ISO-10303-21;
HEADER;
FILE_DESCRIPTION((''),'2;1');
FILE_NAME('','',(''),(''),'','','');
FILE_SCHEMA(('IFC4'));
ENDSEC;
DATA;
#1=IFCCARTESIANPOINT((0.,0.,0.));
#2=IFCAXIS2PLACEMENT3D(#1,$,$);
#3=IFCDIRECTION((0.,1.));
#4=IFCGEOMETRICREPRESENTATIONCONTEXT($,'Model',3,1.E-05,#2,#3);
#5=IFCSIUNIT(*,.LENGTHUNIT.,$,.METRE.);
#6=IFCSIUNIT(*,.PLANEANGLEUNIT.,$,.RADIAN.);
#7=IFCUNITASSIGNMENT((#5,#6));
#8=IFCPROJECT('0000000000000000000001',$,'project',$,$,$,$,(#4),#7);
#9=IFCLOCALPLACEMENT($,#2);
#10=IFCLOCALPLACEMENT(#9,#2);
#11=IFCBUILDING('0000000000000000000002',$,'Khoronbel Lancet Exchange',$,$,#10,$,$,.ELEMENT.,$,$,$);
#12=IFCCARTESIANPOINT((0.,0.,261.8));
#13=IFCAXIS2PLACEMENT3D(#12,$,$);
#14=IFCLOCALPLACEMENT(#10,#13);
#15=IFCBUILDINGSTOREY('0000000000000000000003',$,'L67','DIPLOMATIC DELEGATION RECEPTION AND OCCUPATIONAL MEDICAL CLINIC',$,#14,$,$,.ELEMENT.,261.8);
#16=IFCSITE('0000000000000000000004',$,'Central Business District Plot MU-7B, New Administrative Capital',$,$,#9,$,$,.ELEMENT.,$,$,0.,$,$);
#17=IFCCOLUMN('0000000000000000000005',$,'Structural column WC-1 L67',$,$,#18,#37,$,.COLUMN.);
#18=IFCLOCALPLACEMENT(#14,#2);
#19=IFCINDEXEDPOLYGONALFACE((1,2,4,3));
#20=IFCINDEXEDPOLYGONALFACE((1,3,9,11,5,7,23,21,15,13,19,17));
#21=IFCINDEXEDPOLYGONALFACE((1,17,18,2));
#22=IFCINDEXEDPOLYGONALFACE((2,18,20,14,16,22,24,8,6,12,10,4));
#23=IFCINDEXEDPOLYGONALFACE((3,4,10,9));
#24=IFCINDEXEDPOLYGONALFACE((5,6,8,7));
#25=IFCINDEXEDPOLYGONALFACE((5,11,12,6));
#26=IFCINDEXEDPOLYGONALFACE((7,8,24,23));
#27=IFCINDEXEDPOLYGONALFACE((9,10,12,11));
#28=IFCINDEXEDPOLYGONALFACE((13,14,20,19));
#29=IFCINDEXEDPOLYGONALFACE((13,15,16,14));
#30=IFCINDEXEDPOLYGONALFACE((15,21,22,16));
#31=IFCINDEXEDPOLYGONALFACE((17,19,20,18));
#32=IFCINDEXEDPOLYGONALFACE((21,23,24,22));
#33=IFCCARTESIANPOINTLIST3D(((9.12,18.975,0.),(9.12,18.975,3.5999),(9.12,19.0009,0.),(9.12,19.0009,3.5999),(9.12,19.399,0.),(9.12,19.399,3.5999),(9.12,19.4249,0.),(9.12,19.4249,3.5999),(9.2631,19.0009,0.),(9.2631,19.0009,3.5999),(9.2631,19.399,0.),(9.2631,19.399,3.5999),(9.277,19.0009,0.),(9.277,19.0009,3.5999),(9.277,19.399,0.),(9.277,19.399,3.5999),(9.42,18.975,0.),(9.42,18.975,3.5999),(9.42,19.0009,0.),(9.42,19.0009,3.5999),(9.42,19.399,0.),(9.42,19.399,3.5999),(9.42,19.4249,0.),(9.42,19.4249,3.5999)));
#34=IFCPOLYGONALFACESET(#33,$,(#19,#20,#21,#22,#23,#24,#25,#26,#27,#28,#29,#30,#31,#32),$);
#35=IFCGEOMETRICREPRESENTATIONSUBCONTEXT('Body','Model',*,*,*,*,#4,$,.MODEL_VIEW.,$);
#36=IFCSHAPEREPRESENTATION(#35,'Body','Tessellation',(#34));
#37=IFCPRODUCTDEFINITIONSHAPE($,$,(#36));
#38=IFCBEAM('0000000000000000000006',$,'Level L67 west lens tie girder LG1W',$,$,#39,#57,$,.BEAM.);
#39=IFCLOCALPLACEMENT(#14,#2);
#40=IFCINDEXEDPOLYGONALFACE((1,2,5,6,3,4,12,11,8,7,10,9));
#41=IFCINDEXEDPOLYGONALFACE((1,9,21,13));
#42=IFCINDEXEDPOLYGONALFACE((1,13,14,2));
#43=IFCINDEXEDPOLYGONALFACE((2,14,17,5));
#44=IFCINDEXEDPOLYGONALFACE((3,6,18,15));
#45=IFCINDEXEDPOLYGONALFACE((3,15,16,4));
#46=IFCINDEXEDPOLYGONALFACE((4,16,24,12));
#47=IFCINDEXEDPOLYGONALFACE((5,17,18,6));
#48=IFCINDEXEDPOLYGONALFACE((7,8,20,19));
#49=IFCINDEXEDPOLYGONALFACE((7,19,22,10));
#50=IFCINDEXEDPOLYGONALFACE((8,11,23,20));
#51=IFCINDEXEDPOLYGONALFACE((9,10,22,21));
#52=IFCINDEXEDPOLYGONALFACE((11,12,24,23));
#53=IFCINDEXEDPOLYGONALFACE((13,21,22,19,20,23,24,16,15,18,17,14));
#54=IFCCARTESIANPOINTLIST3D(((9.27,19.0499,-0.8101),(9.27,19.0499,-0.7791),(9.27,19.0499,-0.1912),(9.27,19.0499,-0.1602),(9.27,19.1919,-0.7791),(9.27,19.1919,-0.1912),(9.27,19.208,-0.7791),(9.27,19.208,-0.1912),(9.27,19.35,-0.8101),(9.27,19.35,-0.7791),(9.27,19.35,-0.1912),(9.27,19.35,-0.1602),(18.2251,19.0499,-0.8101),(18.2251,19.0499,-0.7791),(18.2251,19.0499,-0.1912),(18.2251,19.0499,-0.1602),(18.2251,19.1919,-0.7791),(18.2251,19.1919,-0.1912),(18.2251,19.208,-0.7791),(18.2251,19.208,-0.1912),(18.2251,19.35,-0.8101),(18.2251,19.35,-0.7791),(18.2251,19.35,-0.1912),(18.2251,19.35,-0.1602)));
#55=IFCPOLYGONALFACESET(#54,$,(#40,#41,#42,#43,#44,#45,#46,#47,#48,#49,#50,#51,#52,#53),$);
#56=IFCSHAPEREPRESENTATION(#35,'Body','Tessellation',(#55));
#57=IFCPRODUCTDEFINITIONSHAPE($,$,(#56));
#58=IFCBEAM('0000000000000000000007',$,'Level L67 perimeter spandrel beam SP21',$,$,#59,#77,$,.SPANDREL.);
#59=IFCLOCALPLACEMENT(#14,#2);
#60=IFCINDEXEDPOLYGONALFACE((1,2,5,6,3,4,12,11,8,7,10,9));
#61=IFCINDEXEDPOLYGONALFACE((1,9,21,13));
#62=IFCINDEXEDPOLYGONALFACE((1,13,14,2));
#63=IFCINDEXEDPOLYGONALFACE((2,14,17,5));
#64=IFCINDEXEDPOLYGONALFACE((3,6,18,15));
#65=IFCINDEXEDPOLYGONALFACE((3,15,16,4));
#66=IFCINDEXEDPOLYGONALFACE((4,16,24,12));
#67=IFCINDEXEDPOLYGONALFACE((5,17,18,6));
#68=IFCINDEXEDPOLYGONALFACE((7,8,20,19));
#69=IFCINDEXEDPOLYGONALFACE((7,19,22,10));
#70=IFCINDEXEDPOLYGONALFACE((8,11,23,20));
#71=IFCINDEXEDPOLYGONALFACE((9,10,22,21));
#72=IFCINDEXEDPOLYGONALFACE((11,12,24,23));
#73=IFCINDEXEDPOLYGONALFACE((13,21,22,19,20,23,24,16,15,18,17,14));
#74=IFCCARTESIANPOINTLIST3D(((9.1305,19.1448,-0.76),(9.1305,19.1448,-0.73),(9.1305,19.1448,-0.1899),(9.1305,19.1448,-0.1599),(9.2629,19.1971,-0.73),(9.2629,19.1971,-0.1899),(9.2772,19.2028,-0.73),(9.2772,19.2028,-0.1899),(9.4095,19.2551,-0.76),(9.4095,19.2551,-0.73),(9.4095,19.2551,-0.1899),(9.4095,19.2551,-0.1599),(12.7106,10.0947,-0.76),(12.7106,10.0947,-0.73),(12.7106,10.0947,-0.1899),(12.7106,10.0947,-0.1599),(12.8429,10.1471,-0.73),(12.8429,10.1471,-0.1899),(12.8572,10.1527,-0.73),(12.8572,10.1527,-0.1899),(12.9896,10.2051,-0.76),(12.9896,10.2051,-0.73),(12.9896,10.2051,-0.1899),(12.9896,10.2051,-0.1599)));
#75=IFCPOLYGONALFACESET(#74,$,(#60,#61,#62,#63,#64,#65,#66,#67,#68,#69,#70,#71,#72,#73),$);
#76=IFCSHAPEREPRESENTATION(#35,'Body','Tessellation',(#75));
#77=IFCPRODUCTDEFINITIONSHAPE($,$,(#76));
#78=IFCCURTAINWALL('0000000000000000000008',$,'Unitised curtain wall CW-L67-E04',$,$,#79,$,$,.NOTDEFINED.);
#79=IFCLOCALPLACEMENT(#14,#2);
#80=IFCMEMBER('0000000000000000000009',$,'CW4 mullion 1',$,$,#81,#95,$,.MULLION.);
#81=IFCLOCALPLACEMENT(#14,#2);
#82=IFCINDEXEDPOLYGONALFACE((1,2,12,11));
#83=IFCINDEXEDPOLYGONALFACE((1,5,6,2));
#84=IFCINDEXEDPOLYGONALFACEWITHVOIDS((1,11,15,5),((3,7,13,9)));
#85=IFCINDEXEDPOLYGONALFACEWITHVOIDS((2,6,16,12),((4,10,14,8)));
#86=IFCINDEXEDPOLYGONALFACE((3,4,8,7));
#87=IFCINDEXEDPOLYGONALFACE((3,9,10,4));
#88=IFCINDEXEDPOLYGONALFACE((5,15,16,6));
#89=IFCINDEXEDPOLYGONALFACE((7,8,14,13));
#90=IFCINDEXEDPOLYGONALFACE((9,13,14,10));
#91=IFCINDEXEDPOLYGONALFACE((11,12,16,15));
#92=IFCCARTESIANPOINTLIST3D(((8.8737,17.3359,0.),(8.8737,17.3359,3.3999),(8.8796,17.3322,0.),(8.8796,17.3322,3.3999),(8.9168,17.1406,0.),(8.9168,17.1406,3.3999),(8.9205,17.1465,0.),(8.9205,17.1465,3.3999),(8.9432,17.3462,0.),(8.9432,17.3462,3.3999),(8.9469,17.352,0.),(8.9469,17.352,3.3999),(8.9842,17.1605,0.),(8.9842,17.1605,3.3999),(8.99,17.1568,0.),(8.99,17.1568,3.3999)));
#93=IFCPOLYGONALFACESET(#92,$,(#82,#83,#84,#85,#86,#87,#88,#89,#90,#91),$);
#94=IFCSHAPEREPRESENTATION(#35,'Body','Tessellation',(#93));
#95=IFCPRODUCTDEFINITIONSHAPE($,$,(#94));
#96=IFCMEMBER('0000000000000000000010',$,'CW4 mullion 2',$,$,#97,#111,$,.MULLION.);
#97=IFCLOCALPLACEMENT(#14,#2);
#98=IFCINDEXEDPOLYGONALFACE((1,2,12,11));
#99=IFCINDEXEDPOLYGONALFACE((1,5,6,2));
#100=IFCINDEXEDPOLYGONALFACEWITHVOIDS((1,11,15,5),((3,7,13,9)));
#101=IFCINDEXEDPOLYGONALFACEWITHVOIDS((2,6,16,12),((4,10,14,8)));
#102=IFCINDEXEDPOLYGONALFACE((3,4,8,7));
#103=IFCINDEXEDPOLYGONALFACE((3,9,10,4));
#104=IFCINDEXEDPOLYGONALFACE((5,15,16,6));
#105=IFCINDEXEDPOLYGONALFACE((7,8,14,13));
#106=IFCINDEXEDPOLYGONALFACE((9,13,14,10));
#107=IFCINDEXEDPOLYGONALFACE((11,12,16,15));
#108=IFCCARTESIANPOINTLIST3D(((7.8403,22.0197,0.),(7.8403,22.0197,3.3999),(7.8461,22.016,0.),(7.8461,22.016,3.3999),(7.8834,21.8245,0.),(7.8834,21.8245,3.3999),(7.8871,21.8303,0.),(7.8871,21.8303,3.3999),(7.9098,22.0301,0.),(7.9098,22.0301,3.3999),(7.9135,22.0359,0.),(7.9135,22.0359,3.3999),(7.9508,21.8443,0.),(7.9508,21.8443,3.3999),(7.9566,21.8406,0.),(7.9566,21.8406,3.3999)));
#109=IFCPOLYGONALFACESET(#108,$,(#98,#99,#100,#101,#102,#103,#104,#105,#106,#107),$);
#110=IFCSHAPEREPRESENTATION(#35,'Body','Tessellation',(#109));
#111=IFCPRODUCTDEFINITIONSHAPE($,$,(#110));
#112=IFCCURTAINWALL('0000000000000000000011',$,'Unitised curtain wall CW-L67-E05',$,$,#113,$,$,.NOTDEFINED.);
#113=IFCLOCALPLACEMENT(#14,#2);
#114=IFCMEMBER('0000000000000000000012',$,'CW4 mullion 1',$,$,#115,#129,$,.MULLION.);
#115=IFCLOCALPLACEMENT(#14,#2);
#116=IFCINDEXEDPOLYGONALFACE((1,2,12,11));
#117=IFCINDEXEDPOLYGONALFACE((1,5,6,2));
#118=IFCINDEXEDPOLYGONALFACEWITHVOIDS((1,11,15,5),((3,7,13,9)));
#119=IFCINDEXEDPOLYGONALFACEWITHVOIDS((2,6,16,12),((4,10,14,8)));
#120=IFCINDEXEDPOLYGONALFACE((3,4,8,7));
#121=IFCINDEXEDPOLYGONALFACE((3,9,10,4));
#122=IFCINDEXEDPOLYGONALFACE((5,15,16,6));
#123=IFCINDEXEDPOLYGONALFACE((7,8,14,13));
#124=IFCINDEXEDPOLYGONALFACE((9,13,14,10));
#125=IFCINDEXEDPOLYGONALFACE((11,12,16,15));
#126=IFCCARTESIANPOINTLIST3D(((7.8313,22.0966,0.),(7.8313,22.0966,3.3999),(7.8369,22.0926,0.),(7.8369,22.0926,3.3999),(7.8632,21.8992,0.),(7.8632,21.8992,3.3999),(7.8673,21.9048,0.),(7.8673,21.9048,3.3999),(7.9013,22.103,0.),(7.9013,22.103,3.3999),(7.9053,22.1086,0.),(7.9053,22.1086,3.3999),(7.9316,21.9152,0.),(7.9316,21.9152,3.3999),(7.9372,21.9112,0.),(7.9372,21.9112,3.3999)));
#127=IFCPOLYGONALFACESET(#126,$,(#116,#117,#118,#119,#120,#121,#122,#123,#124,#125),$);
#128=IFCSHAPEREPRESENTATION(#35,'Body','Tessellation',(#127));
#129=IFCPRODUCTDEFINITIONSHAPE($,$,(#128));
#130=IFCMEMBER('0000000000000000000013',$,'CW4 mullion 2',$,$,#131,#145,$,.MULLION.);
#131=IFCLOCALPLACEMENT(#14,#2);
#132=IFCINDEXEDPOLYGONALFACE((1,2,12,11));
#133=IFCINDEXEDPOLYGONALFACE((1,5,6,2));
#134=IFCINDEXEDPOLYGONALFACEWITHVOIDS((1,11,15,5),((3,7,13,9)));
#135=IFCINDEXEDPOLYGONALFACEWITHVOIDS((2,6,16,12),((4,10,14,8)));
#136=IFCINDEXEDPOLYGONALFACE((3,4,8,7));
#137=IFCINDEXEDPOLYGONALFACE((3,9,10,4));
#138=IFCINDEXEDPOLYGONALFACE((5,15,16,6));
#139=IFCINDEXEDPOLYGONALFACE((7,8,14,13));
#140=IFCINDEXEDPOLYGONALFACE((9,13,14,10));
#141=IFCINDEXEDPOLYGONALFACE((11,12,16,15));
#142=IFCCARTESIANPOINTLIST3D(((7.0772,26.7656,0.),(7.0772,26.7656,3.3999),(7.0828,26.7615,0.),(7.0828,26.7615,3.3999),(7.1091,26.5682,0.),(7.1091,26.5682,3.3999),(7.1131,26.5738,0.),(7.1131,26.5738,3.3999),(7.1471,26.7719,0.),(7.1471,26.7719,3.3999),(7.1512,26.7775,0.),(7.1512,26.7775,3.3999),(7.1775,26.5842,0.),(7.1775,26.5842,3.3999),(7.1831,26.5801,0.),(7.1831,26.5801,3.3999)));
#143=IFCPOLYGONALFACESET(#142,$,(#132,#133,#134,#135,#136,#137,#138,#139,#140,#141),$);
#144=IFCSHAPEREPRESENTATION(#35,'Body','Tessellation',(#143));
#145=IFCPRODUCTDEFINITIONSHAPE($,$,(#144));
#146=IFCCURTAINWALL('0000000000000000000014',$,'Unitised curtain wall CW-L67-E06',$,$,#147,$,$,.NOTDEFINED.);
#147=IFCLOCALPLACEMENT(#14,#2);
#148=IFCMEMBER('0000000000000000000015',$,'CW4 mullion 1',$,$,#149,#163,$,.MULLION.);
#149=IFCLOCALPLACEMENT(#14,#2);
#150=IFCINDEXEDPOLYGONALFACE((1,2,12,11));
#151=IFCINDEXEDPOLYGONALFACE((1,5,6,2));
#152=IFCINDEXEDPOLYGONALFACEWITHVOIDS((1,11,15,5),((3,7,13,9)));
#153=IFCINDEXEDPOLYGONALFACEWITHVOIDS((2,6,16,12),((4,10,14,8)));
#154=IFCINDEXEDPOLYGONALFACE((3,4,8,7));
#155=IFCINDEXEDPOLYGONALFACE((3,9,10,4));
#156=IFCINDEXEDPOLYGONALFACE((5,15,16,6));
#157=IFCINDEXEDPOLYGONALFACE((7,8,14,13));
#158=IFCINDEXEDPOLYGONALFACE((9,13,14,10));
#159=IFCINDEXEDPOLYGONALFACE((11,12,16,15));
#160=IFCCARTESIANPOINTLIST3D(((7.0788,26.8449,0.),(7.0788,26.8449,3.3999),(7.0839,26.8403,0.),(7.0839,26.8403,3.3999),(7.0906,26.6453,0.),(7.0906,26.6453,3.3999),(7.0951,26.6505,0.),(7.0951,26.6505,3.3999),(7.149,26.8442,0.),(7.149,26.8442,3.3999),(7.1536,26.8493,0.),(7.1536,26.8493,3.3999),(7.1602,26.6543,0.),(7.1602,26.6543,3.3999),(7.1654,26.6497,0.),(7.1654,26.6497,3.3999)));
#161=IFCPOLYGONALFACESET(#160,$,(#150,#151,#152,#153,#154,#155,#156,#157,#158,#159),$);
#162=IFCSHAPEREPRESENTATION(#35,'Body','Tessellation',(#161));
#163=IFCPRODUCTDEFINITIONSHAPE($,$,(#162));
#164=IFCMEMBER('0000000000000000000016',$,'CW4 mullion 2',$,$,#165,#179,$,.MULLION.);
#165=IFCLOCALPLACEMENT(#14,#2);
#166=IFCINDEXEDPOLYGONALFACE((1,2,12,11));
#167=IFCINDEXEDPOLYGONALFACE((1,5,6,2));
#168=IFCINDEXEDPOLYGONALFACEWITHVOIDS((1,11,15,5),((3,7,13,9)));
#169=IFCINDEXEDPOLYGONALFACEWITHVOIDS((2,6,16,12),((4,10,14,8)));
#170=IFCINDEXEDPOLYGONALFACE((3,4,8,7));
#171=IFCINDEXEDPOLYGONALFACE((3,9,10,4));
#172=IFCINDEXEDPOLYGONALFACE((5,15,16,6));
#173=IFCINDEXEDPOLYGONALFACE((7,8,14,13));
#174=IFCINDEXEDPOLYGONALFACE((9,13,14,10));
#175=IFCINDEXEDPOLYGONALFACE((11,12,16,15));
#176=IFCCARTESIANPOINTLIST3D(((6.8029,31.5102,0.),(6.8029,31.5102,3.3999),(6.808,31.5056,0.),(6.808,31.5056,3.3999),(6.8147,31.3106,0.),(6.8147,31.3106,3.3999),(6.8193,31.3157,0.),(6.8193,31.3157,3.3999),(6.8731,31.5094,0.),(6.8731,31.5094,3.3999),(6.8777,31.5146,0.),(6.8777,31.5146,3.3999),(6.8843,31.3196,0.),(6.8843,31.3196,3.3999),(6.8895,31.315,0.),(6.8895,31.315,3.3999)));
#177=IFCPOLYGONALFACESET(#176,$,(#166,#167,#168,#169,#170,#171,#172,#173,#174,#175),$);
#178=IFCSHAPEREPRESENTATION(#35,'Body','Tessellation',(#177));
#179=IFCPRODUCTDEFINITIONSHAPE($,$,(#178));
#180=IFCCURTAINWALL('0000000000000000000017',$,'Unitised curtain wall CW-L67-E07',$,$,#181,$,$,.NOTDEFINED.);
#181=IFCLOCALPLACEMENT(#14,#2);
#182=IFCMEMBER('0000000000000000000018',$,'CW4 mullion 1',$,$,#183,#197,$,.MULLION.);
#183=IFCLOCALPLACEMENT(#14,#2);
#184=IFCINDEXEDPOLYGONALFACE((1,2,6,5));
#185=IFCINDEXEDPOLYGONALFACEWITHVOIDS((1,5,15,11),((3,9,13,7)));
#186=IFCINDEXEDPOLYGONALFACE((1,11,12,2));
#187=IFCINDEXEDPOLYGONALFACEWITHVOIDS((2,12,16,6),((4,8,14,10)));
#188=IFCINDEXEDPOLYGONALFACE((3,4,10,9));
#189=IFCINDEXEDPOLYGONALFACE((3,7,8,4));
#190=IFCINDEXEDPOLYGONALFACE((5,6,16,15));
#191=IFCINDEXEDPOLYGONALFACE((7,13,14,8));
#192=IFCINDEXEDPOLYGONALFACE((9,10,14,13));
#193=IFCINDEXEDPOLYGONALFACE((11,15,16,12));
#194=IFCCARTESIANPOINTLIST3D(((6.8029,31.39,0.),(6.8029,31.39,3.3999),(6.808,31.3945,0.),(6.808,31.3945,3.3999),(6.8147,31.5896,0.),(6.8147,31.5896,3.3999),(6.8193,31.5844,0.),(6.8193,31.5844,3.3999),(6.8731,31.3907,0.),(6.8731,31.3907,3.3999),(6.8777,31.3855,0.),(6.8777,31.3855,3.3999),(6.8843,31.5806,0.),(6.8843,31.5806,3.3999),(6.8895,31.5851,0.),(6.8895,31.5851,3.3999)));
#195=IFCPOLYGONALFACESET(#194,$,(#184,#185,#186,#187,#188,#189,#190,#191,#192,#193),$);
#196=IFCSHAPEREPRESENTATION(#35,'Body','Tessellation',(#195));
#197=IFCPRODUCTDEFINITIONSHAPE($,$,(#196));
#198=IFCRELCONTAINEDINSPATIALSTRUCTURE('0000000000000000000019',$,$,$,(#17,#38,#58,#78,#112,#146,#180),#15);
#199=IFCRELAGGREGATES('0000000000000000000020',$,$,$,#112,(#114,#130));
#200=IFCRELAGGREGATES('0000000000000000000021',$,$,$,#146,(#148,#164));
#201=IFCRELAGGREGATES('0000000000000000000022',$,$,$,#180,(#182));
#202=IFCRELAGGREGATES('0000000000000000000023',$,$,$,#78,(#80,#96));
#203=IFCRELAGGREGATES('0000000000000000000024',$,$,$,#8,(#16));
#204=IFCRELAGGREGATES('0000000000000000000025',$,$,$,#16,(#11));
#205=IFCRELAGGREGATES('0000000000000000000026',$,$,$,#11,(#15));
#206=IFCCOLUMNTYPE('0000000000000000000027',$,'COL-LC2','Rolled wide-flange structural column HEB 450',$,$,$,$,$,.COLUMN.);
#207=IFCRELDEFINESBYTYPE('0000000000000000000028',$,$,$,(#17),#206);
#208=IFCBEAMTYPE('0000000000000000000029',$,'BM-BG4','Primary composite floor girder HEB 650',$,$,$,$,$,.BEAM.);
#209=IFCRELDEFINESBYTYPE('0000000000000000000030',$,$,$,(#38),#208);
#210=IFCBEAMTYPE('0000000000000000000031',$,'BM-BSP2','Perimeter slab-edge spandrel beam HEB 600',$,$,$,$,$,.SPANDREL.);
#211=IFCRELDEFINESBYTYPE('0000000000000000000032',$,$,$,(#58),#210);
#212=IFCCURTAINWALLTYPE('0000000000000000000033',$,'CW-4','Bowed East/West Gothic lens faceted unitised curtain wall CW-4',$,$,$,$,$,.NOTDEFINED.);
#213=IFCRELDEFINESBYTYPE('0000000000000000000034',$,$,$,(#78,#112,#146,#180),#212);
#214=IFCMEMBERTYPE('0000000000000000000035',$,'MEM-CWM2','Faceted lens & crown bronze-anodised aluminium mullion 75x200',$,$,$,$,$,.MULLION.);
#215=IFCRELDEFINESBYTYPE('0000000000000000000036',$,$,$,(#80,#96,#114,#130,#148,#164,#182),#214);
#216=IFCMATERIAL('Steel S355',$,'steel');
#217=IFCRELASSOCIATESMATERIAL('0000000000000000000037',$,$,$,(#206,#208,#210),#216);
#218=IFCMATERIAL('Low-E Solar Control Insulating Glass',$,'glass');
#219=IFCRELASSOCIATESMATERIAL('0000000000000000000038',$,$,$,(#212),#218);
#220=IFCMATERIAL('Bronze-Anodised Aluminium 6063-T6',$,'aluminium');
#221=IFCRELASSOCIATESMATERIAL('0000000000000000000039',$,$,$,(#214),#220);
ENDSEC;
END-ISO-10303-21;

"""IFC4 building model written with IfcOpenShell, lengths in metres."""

from ifc_helpers import new_model, si_unit, direction, frame, origin, origin_2d, place, context, subcontext, project, spatial, hollow_rectangle, i_section, extrude, material, material_profile, profile_set, type_object, element, aggregate, save


model = new_model("IFC4")

# Units and contexts
model_context = context("Model", 3, precision=1e-05, world=origin(), true_north=direction((0.0, 1.0)))
body_context = subcontext(model_context, "Body", "Model", "MODEL_VIEW")
ifc_project = project(units=[si_unit("LENGTHUNIT", "METRE"), si_unit("PLANEANGLEUNIT", "RADIAN")], contexts=[model_context])

# Site, building, storey
site_placement = place(None, origin())
site = spatial("IfcSite", under=ifc_project, at=site_placement, Name="Central Business District Plot MU-7B, New Administrative Capital", CompositionType="ELEMENT", RefElevation=0.0)
building_placement = place(site_placement, origin())
building = spatial("IfcBuilding", under=site, at=building_placement, Name="Khoronbel Lancet Exchange", CompositionType="ELEMENT")
storey_placement = place(building_placement, frame((0.0, 0.0, 261.8)))
storey = spatial("IfcBuildingStorey", under=building, at=storey_placement, Name="L67", Description="DIPLOMATIC DELEGATION RECEPTION AND OCCUPATIONAL MEDICAL CLINIC", CompositionType="ELEMENT", Elevation=261.8)

# Column
ifc_material_1 = material(Name="Steel S355", Category="steel")
ifc_material_profile_1 = material_profile(ifc_material_1, i_section(OverallWidth=0.3, OverallDepth=0.45, WebThickness=0.0139, FlangeThickness=0.0259, at=origin_2d()), Name="HEB 450")
ifc_profile_set_1 = profile_set([ifc_material_profile_1], Name="Steel S355")
column_type = type_object("IfcColumnType", Name="COL-LC2", Description="Rolled wide-flange structural column HEB 450", PredefinedType="COLUMN", material=ifc_profile_set_1)
column_placement = place(storey_placement, frame((9.27, 19.2, 0.0), z_axis=(0.0, 0.0, 1.0), x_axis=(1.0, 0.0, 0.0)))
element("IfcColumn", 1, at=column_placement, inside=storey, type_object=column_type, Name="Structural column WC-1 L67", PredefinedType="COLUMN", context=body_context, shape_type="SweptSolid", body=[
    extrude(i_section(OverallWidth=0.3, OverallDepth=0.45, WebThickness=0.0139, FlangeThickness=0.0259, at=origin_2d()), origin(), (0.0, 0.0, 1.0), 3.5999),
])

# Beams
ifc_material_profile_2 = material_profile(ifc_material_1, i_section(OverallWidth=0.3, OverallDepth=0.6499, WebThickness=0.0161, FlangeThickness=0.031, at=origin_2d()), Name="HEB 650")
ifc_profile_set_2 = profile_set([ifc_material_profile_2], Name="Steel S355")
beam_type_1 = type_object("IfcBeamType", Name="BM-BG4", Description="Primary composite floor girder HEB 650", PredefinedType="BEAM", material=ifc_profile_set_2)
beam_1_placement = place(storey_placement, frame((9.27, 19.2, -0.4851), z_axis=(1.0, 0.0, 0.0), x_axis=(0.0, 1.0, 0.0)))
element("IfcBeam", 2, at=beam_1_placement, inside=storey, type_object=beam_type_1, Name="Level L67 west lens tie girder LG1W", PredefinedType="BEAM", context=body_context, shape_type="SweptSolid", body=[
    extrude(i_section(OverallWidth=0.3, OverallDepth=0.6499, WebThickness=0.0161, FlangeThickness=0.031, at=origin_2d()), origin(), (0.0, 0.0, 1.0), 8.9551),
])
ifc_material_profile_3 = material_profile(ifc_material_1, i_section(OverallWidth=0.3, OverallDepth=0.6001, WebThickness=0.0154, FlangeThickness=0.03, at=origin_2d()), Name="HEB 600")
ifc_profile_set_3 = profile_set([ifc_material_profile_3], Name="Steel S355")
beam_type_2 = type_object("IfcBeamType", Name="BM-BSP2", Description="Perimeter slab-edge spandrel beam HEB 600", PredefinedType="SPANDREL", material=ifc_profile_set_3)
beam_2_placement = place(storey_placement, frame((9.27, 19.2, -0.46), z_axis=(0.36785, -0.929885, 0.0), x_axis=(0.929885, 0.36785, 0.0)))
element("IfcBeam", 3, at=beam_2_placement, inside=storey, type_object=beam_type_2, Name="Level L67 perimeter spandrel beam SP21", PredefinedType="SPANDREL", context=body_context, shape_type="SweptSolid", body=[
    extrude(i_section(OverallWidth=0.3, OverallDepth=0.6001, WebThickness=0.0154, FlangeThickness=0.03, at=origin_2d()), origin(), (0.0, 0.0, 1.0), 9.7324),
])

# Curtain walls, members
ifc_material_2 = material(Name="Low-E Solar Control Insulating Glass", Category="glass")
curtain_wall_type = type_object("IfcCurtainWallType", Name="CW-4", Description="Bowed East/West Gothic lens faceted unitised curtain wall CW-4", PredefinedType="NOTDEFINED", material=ifc_material_2)
curtain_wall_1_placement = place(storey_placement, origin())
curtain_wall_1 = element("IfcCurtainWall", 4, at=curtain_wall_1_placement, inside=storey, type_object=curtain_wall_type, Name="Unitised curtain wall CW-L67-E04", PredefinedType="NOTDEFINED")
ifc_material_3 = material(Name="Bronze-Anodised Aluminium 6063-T6", Category="aluminium")
ifc_material_profile_4 = material_profile(ifc_material_3, hollow_rectangle(XDim=0.075, YDim=0.2, WallThickness=0.0049, at=origin_2d()), Name="ALU MULLION 75x200")
ifc_profile_set_4 = profile_set([ifc_material_profile_4], Name="Bronze-Anodised Aluminium 6063-T6")
member_type_1 = type_object("IfcMemberType", Name="MEM-CWM2", Description="Faceted lens & crown bronze-anodised aluminium mullion 75x200", PredefinedType="MULLION", material=ifc_profile_set_4)
member_1_placement = place(storey_placement, frame((8.9319, 17.2463, 0.0), z_axis=(0.0, 0.0, 1.0), x_axis=(-0.976509, -0.215476, 0.0)))
member_1 = element("IfcMember", 5, at=member_1_placement, type_object=member_type_1, Name="CW4 mullion 1", PredefinedType="MULLION", context=body_context, shape_type="SweptSolid", body=[
    extrude(hollow_rectangle(XDim=0.075, YDim=0.2, WallThickness=0.0049, at=origin_2d()), origin(), (0.0, 0.0, 1.0), 3.3999),
])
member_2_placement = place(storey_placement, frame((7.8984, 21.9302, 0.0), z_axis=(0.0, 0.0, 1.0), x_axis=(-0.976509, -0.215476, 0.0)))
member_2 = element("IfcMember", 6, at=member_2_placement, type_object=member_type_1, Name="CW4 mullion 2", PredefinedType="MULLION", context=body_context, shape_type="SweptSolid", body=[
    extrude(hollow_rectangle(XDim=0.075, YDim=0.2, WallThickness=0.0049, at=origin_2d()), origin(), (0.0, 0.0, 1.0), 3.3999),
])
curtain_wall_2_placement = place(storey_placement, origin())
curtain_wall_2 = element("IfcCurtainWall", 7, at=curtain_wall_2_placement, inside=storey, type_object=curtain_wall_type, Name="Unitised curtain wall CW-L67-E05", PredefinedType="NOTDEFINED")
member_3_placement = place(storey_placement, frame((7.8843, 22.0039, 0.0), z_axis=(0.0, 0.0, 1.0), x_axis=(-0.987205, -0.159456, 0.0)))
member_3 = element("IfcMember", 8, at=member_3_placement, type_object=member_type_1, Name="CW4 mullion 1", PredefinedType="MULLION", context=body_context, shape_type="SweptSolid", body=[
    extrude(hollow_rectangle(XDim=0.075, YDim=0.2, WallThickness=0.0049, at=origin_2d()), origin(), (0.0, 0.0, 1.0), 3.3999),
])
member_4_placement = place(storey_placement, frame((7.1301, 26.6729, 0.0), z_axis=(0.0, 0.0, 1.0), x_axis=(-0.987205, -0.159456, 0.0)))
member_4 = element("IfcMember", 9, at=member_4_placement, type_object=member_type_1, Name="CW4 mullion 2", PredefinedType="MULLION", context=body_context, shape_type="SweptSolid", body=[
    extrude(hollow_rectangle(XDim=0.075, YDim=0.2, WallThickness=0.0049, at=origin_2d()), origin(), (0.0, 0.0, 1.0), 3.3999),
])
curtain_wall_3_placement = place(storey_placement, origin())
curtain_wall_3 = element("IfcCurtainWall", 10, at=curtain_wall_3_placement, inside=storey, type_object=curtain_wall_type, Name="Unitised curtain wall CW-L67-E06", PredefinedType="NOTDEFINED")
member_5_placement = place(storey_placement, frame((7.1221, 26.7473, 0.0), z_axis=(0.0, 0.0, 1.0), x_axis=(-0.998257, -0.05901, 0.0)))
member_5 = element("IfcMember", 11, at=member_5_placement, type_object=member_type_1, Name="CW4 mullion 1", PredefinedType="MULLION", context=body_context, shape_type="SweptSolid", body=[
    extrude(hollow_rectangle(XDim=0.075, YDim=0.2, WallThickness=0.0049, at=origin_2d()), origin(), (0.0, 0.0, 1.0), 3.3999),
])
member_6_placement = place(storey_placement, frame((6.8462, 31.4126, 0.0), z_axis=(0.0, 0.0, 1.0), x_axis=(-0.998257, -0.05901, 0.0)))
member_6 = element("IfcMember", 12, at=member_6_placement, type_object=member_type_1, Name="CW4 mullion 2", PredefinedType="MULLION", context=body_context, shape_type="SweptSolid", body=[
    extrude(hollow_rectangle(XDim=0.075, YDim=0.2, WallThickness=0.0049, at=origin_2d()), origin(), (0.0, 0.0, 1.0), 3.3999),
])

# Curtain wall, member
curtain_wall_4_placement = place(storey_placement, origin())
curtain_wall_4 = element("IfcCurtainWall", 13, at=curtain_wall_4_placement, inside=storey, type_object=curtain_wall_type, Name="Unitised curtain wall CW-L67-E07", PredefinedType="NOTDEFINED")
member_7_placement = place(storey_placement, frame((6.8462, 31.4875, 0.0), z_axis=(0.0, 0.0, 1.0), x_axis=(-0.998257, 0.05901, 0.0)))
member_7 = element("IfcMember", 14, at=member_7_placement, type_object=member_type_1, Name="CW4 mullion 1", PredefinedType="MULLION", context=body_context, shape_type="SweptSolid", body=[
    extrude(hollow_rectangle(XDim=0.075, YDim=0.2, WallThickness=0.0049, at=origin_2d()), origin(), (0.0, 0.0, 1.0), 3.3999),
])

aggregate(curtain_wall_2, [member_3, member_4])
aggregate(curtain_wall_3, [member_5, member_6])
aggregate(curtain_wall_4, [member_7])
aggregate(curtain_wall_1, [member_1, member_2])

save(model, "model.ifc")
